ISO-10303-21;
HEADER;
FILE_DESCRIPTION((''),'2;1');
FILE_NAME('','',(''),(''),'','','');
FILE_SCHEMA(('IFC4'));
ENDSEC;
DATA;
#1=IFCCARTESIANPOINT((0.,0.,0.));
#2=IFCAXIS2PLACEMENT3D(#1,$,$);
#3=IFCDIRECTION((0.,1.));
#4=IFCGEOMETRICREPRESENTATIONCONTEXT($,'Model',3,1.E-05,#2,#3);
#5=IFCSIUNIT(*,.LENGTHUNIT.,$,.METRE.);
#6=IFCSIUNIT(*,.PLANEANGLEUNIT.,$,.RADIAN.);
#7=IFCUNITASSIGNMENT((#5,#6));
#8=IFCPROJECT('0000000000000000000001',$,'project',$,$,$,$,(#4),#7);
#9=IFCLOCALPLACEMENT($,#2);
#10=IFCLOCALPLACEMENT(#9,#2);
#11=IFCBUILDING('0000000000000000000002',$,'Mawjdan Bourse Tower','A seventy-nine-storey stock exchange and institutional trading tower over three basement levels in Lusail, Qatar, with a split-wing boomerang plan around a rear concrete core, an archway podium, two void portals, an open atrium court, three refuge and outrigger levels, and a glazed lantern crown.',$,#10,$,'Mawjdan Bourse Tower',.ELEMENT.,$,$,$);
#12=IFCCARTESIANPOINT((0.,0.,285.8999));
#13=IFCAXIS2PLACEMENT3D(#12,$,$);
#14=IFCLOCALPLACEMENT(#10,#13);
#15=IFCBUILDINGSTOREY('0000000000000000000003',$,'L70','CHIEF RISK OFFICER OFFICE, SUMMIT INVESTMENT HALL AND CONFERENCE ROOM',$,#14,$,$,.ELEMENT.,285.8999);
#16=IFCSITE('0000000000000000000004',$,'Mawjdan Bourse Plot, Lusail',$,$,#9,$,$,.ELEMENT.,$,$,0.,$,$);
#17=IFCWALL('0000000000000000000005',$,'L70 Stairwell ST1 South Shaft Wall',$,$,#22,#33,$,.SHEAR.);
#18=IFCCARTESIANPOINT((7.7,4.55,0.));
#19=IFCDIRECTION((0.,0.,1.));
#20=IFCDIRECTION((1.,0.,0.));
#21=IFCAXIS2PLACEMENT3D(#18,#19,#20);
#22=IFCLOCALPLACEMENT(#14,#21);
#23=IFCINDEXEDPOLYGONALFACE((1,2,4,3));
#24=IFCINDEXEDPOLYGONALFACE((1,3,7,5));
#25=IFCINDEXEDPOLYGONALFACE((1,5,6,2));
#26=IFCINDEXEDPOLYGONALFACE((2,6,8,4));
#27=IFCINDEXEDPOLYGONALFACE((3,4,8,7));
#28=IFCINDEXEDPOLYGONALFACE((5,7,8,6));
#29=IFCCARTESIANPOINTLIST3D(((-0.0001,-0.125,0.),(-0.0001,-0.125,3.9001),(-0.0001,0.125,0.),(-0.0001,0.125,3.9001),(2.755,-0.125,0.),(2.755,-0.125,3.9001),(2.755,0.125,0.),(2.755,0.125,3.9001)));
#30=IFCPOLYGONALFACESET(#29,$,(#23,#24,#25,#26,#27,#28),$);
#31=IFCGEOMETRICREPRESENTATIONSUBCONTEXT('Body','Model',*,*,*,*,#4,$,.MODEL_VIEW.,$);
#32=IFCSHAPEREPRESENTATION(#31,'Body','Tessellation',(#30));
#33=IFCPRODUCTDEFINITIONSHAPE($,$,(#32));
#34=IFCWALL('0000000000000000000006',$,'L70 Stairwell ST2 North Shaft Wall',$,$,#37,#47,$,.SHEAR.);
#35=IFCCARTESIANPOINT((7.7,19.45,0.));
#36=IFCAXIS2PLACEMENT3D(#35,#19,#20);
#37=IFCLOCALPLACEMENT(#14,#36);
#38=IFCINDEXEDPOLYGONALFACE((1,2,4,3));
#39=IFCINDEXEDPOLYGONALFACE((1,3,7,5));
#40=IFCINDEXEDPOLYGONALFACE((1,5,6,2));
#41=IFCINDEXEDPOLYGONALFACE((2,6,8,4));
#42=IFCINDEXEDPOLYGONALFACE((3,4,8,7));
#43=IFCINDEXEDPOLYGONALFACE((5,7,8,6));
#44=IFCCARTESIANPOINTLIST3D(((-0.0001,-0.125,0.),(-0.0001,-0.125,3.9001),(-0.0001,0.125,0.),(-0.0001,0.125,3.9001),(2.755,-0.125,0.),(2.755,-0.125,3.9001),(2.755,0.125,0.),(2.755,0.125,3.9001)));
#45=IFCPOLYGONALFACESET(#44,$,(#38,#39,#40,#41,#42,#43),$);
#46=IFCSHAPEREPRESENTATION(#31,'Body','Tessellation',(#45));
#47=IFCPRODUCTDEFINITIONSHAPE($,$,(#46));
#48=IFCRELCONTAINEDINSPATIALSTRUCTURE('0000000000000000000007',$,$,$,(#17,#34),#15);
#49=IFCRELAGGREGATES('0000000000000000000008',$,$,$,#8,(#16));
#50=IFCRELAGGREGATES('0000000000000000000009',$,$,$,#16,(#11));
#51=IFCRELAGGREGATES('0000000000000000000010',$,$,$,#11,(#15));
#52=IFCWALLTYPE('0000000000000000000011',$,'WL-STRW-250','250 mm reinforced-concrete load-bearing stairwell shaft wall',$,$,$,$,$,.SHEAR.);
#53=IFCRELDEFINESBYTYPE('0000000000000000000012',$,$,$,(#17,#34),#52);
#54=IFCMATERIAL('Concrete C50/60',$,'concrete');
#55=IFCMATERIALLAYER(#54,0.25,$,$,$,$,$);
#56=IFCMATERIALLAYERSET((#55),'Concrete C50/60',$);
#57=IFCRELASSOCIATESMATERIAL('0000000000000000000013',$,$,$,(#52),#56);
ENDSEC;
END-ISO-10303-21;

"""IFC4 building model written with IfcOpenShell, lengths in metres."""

from ifc_helpers import new_model, si_unit, direction, frame, frame_2d, origin, place, context, subcontext, project, spatial, rectangle, extrude, material, layer, layer_set, type_object, element, save


model = new_model("IFC4")

# Units and contexts
model_context = context("Model", 3, precision=1e-05, world=origin(), true_north=direction((0.0, 1.0)))
body_context = subcontext(model_context, "Body", "Model", "MODEL_VIEW")
ifc_project = project(units=[si_unit("LENGTHUNIT", "METRE"), si_unit("PLANEANGLEUNIT", "RADIAN")], contexts=[model_context])

# Site, building, storey
site_placement = place(None, origin())
site = spatial("IfcSite", under=ifc_project, at=site_placement, Name="Mawjdan Bourse Plot, Lusail", CompositionType="ELEMENT", RefElevation=0.0)
building_placement = place(site_placement, origin())
building = spatial("IfcBuilding", under=site, at=building_placement, Name="Mawjdan Bourse Tower", Description="A seventy-nine-storey stock exchange and institutional trading tower over three basement levels in Lusail, Qatar, with a split-wing boomerang plan around a rear concrete core, an archway podium, two void portals, an open atrium court, three refuge and outrigger levels, and a glazed lantern crown.", LongName="Mawjdan Bourse Tower", CompositionType="ELEMENT")
storey_placement = place(building_placement, frame((0.0, 0.0, 285.8999)))
storey = spatial("IfcBuildingStorey", under=building, at=storey_placement, Name="L70", Description="CHIEF RISK OFFICER OFFICE, SUMMIT INVESTMENT HALL AND CONFERENCE ROOM", CompositionType="ELEMENT", Elevation=285.8999)

# Shared definitions
ifc_material_1 = material(Name="Concrete C50/60", Category="concrete")

# Walls
ifc_layer_1 = layer(ifc_material_1, 0.25)
ifc_layer_set_1 = layer_set([ifc_layer_1], Name="Concrete C50/60")
wall_type_1 = type_object("IfcWallType", Name="WL-STRW-250", Description="250 mm reinforced-concrete load-bearing stairwell shaft wall", PredefinedType="SHEAR", material=ifc_layer_set_1)
for number, where, z_axis, x_axis, name in (
    (1, (7.7, 4.55, 0.0), (0.0, 0.0, 1.0), (1.0, 0.0, 0.0), "L70 Stairwell ST1 South Shaft Wall"),
    (2, (7.7, 19.45, 0.0), (0.0, 0.0, 1.0), (1.0, 0.0, 0.0), "L70 Stairwell ST2 North Shaft Wall"),
):
    element("IfcWall", number, at=place(storey_placement, frame(where, z_axis=z_axis, x_axis=x_axis)), inside=storey, type_object=wall_type_1, Name=name, PredefinedType="SHEAR", context=body_context, shape_type="SweptSolid", body=[
        extrude(rectangle(XDim=2.7551, YDim=0.25, at=frame_2d((1.3774, 0.0))), origin(), (0.0, 0.0, 1.0), 3.9001),
    ])

save(model, "model.ifc")
